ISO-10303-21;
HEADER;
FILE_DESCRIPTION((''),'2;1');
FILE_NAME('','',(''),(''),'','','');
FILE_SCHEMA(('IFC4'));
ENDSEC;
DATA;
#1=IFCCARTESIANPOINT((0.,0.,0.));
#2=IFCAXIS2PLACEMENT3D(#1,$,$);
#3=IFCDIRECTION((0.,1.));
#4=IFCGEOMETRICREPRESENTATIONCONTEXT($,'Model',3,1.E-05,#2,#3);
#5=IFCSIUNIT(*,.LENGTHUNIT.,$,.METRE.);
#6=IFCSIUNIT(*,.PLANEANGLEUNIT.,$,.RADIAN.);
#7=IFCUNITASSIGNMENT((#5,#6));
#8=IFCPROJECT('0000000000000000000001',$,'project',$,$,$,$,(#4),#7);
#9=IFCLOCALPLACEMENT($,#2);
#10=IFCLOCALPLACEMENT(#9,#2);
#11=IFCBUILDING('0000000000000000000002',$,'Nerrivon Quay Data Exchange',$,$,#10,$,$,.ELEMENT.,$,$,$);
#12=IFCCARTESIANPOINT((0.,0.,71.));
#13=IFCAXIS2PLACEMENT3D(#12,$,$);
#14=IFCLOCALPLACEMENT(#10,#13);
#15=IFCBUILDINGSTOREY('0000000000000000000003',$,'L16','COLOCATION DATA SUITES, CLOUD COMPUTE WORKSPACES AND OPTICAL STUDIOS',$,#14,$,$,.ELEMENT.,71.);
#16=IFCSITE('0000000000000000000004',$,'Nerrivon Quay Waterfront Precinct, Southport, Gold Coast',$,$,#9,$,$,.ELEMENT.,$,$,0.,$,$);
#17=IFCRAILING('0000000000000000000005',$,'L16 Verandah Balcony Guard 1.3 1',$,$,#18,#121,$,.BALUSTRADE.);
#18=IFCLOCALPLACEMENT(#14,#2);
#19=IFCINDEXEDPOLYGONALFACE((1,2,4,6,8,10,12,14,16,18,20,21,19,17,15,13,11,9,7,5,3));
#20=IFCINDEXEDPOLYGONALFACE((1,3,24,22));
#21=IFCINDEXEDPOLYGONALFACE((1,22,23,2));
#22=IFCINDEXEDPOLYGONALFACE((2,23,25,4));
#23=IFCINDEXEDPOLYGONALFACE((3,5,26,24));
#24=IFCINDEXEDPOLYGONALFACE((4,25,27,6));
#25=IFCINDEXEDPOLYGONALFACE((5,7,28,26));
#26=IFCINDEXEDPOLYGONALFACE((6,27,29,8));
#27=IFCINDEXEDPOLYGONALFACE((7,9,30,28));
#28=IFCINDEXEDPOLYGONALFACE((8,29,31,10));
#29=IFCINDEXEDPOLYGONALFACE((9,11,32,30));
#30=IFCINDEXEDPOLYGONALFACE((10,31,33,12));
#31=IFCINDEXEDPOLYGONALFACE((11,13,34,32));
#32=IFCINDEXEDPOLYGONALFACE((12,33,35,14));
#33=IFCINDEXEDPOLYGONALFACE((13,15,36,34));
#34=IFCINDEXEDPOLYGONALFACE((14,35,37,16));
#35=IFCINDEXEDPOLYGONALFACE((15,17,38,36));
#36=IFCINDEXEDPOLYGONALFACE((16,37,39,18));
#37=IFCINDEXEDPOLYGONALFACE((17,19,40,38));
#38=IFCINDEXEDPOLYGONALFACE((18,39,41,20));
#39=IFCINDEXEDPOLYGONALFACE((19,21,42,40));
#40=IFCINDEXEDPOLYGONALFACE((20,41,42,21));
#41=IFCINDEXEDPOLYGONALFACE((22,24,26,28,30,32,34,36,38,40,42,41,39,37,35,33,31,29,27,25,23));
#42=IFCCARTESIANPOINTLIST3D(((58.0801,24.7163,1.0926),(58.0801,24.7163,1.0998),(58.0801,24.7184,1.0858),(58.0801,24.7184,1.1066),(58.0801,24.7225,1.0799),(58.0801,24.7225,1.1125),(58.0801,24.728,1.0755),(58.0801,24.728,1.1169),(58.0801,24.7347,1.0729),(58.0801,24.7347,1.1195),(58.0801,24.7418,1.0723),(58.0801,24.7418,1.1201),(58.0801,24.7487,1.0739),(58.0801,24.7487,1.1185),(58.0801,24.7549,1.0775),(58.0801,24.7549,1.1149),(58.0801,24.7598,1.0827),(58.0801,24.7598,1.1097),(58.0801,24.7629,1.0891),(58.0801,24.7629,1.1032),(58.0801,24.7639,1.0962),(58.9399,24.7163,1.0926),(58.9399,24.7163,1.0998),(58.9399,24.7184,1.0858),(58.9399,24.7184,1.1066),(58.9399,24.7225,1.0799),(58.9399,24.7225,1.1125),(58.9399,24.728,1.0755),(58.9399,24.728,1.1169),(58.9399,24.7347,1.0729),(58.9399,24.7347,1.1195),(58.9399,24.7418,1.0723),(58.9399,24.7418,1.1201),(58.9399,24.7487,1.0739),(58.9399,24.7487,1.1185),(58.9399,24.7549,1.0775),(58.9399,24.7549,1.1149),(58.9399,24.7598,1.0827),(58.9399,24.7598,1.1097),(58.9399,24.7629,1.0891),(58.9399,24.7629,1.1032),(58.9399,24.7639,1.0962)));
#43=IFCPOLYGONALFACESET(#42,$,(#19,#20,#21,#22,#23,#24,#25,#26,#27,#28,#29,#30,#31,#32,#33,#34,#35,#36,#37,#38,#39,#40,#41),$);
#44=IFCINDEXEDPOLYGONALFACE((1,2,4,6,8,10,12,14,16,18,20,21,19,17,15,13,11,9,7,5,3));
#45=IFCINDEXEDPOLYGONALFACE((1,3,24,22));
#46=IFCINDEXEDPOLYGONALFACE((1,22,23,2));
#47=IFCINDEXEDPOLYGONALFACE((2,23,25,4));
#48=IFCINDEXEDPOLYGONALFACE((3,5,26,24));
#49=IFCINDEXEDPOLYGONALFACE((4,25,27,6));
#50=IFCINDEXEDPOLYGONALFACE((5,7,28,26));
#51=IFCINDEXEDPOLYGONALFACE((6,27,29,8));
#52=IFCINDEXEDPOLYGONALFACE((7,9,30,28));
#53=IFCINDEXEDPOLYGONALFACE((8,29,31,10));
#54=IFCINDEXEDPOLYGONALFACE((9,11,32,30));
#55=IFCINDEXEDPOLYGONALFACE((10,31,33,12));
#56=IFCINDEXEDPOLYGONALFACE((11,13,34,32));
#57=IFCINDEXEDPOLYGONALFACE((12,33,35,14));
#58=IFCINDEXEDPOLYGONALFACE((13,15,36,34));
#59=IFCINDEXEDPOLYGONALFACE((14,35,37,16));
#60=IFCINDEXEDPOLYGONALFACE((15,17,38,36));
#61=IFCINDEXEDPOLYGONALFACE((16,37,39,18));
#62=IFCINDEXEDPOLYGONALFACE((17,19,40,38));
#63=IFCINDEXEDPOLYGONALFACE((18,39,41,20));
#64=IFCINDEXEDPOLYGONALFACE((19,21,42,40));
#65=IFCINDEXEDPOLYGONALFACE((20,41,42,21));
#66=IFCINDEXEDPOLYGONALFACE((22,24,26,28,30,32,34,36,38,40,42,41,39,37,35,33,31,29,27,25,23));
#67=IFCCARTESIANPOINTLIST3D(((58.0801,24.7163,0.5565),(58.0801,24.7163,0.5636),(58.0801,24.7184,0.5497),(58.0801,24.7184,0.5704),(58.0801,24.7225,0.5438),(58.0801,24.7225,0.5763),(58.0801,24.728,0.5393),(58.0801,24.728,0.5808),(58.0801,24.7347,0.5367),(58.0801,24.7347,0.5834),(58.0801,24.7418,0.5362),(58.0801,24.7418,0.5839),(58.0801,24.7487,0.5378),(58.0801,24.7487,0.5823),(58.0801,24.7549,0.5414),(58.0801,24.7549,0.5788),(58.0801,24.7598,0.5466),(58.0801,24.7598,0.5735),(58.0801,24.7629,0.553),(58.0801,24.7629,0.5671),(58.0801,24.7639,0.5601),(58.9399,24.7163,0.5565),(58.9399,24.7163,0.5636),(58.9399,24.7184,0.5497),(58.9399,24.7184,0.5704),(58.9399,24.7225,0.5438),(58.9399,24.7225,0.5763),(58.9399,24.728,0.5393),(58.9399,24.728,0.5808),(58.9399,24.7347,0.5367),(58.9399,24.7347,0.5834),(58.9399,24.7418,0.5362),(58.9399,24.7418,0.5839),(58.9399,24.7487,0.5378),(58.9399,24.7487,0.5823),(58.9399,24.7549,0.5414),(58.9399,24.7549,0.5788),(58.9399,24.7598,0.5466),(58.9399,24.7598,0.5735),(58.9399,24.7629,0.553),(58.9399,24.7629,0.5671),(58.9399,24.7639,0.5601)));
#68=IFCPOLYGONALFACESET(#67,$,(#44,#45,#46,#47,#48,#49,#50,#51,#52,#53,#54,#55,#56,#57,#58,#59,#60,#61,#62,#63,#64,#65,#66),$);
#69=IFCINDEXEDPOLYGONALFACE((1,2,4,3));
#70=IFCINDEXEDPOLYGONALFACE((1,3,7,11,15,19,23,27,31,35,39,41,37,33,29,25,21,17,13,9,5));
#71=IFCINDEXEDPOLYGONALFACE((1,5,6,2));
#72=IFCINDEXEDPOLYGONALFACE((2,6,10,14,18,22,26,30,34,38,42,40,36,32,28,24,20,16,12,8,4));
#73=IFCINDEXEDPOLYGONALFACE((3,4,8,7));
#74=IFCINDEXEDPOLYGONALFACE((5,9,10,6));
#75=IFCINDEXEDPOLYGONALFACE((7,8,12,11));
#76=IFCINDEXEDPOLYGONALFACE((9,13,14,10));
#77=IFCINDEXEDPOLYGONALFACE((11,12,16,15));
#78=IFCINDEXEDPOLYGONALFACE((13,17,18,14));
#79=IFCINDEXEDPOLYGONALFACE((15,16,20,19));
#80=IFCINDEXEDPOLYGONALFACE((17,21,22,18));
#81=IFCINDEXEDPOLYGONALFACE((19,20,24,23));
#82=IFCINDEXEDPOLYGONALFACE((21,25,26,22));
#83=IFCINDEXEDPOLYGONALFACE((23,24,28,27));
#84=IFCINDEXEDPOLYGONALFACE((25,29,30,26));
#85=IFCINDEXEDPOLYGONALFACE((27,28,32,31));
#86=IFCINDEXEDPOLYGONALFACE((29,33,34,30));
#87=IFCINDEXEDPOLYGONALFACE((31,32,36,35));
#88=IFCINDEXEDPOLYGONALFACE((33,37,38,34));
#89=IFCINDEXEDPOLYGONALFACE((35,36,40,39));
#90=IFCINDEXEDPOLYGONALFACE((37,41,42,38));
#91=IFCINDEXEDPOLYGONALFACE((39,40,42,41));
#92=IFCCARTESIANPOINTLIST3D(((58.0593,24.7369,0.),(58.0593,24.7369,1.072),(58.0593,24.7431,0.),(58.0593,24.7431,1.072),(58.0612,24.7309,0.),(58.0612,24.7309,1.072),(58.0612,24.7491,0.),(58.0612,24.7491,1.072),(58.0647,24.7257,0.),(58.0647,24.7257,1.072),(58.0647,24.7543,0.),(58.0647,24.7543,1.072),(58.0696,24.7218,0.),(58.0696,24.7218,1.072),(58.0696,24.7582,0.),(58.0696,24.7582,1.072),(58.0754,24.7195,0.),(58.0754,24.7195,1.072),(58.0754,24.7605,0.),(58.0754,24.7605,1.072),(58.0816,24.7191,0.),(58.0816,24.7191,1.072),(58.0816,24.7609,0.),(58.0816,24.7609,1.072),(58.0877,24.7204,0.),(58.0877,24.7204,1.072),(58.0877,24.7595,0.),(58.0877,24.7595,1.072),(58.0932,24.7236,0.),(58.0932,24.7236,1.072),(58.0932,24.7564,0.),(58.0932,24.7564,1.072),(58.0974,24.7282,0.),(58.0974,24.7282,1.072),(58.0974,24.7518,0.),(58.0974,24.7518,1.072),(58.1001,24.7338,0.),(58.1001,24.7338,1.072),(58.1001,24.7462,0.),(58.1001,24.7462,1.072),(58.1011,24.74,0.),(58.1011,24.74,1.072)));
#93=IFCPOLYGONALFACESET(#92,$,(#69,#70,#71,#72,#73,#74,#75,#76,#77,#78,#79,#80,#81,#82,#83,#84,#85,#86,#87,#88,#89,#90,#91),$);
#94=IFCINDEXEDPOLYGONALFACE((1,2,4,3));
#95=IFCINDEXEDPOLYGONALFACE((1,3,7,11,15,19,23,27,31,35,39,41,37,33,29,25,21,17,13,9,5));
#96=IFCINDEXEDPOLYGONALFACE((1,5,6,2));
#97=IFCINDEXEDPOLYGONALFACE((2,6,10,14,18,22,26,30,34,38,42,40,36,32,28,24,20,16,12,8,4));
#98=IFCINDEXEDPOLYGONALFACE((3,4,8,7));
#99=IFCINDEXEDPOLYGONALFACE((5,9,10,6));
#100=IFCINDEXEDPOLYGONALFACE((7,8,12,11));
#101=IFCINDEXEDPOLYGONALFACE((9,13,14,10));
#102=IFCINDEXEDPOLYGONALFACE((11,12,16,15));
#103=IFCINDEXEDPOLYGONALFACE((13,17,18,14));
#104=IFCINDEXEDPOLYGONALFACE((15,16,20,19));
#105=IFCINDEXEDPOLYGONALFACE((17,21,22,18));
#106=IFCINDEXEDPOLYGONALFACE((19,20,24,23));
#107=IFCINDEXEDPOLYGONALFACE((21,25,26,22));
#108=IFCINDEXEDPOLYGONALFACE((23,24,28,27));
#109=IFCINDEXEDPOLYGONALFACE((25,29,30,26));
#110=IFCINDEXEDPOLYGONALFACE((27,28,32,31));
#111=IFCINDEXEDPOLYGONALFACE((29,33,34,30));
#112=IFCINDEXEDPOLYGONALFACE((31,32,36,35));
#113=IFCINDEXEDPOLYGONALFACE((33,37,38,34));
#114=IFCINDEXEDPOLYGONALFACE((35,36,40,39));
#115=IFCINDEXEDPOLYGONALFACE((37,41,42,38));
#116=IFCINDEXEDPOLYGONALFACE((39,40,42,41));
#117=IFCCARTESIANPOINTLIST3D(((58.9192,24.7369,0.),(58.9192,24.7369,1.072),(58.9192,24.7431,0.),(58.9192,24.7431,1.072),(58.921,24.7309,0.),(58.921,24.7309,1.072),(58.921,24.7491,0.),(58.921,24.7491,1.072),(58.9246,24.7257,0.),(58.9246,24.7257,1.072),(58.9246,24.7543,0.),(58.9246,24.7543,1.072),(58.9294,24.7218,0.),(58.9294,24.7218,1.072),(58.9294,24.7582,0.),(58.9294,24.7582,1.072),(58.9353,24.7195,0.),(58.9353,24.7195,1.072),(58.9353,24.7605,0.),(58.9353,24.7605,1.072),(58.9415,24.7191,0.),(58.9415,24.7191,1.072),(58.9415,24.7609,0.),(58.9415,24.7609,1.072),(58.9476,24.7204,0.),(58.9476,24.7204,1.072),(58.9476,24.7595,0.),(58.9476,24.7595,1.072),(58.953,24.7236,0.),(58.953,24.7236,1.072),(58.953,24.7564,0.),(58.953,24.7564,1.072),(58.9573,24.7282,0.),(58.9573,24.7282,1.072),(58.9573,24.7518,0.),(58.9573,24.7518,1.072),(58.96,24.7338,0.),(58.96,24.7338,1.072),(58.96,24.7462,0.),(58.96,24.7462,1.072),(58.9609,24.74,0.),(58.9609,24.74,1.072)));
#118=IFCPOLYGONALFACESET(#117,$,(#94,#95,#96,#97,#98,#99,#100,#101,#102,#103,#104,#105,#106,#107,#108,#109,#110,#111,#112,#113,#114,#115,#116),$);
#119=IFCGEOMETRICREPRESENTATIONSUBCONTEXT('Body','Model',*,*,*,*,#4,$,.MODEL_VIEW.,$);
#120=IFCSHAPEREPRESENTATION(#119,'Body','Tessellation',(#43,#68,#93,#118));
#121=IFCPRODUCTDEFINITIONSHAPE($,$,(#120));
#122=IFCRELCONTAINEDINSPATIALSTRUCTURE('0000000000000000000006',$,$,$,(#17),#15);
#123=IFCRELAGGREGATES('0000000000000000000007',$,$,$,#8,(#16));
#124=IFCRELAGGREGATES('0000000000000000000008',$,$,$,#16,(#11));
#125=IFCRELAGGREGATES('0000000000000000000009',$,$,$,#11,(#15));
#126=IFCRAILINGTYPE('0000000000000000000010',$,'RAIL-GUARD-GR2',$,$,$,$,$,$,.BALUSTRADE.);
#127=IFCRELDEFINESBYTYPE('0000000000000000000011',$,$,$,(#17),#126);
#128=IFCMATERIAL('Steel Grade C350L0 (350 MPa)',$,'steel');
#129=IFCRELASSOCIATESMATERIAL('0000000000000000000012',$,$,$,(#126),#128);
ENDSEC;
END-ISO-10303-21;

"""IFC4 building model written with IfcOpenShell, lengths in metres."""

from ifc_helpers import new_model, si_unit, direction, frame, origin, origin_2d, place, context, subcontext, project, spatial, circle, extrude, material, type_object, element, save


model = new_model("IFC4")

# Units and contexts
model_context = context("Model", 3, precision=1e-05, world=origin(), true_north=direction((0.0, 1.0)))
body_context = subcontext(model_context, "Body", "Model", "MODEL_VIEW")
ifc_project = project(units=[si_unit("LENGTHUNIT", "METRE"), si_unit("PLANEANGLEUNIT", "RADIAN")], contexts=[model_context])

# Site, building, storey
site_placement = place(None, origin())
site = spatial("IfcSite", under=ifc_project, at=site_placement, Name="Nerrivon Quay Waterfront Precinct, Southport, Gold Coast", CompositionType="ELEMENT", RefElevation=0.0)
building_placement = place(site_placement, origin())
building = spatial("IfcBuilding", under=site, at=building_placement, Name="Nerrivon Quay Data Exchange", CompositionType="ELEMENT")
storey_placement = place(building_placement, frame((0.0, 0.0, 71.0)))
storey = spatial("IfcBuildingStorey", under=building, at=storey_placement, Name="L16", Description="COLOCATION DATA SUITES, CLOUD COMPUTE WORKSPACES AND OPTICAL STUDIOS", CompositionType="ELEMENT", Elevation=71.0)

# Railing
ifc_material_1 = material(Name="Steel Grade C350L0 (350 MPa)", Category="steel")
railing_type = type_object("IfcRailingType", Name="RAIL-GUARD-GR2", PredefinedType="BALUSTRADE", material=ifc_material_1)
railing_1_placement = place(storey_placement, frame((58.0801, 24.74, 0.0)))
element("IfcRailing", 1, at=railing_1_placement, inside=storey, type_object=railing_type, Name="L16 Verandah Balcony Guard 1.3 1", PredefinedType="BALUSTRADE", context=body_context, shape_type="SweptSolid", body=[
    extrude(circle(Radius=0.0239, at=origin_2d()), frame((0.0, 0.0, 1.0962), z_axis=(1.0, 0.0, 0.0), x_axis=(0.0, 1.0, 0.0)), (0.0, 0.0, 1.0), 0.8599),
    extrude(circle(Radius=0.0239, at=origin_2d()), frame((0.0, 0.0, 0.5601), z_axis=(1.0, 0.0, 0.0), x_axis=(0.0, 1.0, 0.0)), (0.0, 0.0, 1.0), 0.8599),
    extrude(circle(Radius=0.021, at=origin_2d()), origin(), (0.0, 0.0, 1.0), 1.072),
    extrude(circle(Radius=0.021, at=origin_2d()), frame((0.8599, 0.0, 0.0)), (0.0, 0.0, 1.0), 1.072),
])

save(model, "model.ifc")
